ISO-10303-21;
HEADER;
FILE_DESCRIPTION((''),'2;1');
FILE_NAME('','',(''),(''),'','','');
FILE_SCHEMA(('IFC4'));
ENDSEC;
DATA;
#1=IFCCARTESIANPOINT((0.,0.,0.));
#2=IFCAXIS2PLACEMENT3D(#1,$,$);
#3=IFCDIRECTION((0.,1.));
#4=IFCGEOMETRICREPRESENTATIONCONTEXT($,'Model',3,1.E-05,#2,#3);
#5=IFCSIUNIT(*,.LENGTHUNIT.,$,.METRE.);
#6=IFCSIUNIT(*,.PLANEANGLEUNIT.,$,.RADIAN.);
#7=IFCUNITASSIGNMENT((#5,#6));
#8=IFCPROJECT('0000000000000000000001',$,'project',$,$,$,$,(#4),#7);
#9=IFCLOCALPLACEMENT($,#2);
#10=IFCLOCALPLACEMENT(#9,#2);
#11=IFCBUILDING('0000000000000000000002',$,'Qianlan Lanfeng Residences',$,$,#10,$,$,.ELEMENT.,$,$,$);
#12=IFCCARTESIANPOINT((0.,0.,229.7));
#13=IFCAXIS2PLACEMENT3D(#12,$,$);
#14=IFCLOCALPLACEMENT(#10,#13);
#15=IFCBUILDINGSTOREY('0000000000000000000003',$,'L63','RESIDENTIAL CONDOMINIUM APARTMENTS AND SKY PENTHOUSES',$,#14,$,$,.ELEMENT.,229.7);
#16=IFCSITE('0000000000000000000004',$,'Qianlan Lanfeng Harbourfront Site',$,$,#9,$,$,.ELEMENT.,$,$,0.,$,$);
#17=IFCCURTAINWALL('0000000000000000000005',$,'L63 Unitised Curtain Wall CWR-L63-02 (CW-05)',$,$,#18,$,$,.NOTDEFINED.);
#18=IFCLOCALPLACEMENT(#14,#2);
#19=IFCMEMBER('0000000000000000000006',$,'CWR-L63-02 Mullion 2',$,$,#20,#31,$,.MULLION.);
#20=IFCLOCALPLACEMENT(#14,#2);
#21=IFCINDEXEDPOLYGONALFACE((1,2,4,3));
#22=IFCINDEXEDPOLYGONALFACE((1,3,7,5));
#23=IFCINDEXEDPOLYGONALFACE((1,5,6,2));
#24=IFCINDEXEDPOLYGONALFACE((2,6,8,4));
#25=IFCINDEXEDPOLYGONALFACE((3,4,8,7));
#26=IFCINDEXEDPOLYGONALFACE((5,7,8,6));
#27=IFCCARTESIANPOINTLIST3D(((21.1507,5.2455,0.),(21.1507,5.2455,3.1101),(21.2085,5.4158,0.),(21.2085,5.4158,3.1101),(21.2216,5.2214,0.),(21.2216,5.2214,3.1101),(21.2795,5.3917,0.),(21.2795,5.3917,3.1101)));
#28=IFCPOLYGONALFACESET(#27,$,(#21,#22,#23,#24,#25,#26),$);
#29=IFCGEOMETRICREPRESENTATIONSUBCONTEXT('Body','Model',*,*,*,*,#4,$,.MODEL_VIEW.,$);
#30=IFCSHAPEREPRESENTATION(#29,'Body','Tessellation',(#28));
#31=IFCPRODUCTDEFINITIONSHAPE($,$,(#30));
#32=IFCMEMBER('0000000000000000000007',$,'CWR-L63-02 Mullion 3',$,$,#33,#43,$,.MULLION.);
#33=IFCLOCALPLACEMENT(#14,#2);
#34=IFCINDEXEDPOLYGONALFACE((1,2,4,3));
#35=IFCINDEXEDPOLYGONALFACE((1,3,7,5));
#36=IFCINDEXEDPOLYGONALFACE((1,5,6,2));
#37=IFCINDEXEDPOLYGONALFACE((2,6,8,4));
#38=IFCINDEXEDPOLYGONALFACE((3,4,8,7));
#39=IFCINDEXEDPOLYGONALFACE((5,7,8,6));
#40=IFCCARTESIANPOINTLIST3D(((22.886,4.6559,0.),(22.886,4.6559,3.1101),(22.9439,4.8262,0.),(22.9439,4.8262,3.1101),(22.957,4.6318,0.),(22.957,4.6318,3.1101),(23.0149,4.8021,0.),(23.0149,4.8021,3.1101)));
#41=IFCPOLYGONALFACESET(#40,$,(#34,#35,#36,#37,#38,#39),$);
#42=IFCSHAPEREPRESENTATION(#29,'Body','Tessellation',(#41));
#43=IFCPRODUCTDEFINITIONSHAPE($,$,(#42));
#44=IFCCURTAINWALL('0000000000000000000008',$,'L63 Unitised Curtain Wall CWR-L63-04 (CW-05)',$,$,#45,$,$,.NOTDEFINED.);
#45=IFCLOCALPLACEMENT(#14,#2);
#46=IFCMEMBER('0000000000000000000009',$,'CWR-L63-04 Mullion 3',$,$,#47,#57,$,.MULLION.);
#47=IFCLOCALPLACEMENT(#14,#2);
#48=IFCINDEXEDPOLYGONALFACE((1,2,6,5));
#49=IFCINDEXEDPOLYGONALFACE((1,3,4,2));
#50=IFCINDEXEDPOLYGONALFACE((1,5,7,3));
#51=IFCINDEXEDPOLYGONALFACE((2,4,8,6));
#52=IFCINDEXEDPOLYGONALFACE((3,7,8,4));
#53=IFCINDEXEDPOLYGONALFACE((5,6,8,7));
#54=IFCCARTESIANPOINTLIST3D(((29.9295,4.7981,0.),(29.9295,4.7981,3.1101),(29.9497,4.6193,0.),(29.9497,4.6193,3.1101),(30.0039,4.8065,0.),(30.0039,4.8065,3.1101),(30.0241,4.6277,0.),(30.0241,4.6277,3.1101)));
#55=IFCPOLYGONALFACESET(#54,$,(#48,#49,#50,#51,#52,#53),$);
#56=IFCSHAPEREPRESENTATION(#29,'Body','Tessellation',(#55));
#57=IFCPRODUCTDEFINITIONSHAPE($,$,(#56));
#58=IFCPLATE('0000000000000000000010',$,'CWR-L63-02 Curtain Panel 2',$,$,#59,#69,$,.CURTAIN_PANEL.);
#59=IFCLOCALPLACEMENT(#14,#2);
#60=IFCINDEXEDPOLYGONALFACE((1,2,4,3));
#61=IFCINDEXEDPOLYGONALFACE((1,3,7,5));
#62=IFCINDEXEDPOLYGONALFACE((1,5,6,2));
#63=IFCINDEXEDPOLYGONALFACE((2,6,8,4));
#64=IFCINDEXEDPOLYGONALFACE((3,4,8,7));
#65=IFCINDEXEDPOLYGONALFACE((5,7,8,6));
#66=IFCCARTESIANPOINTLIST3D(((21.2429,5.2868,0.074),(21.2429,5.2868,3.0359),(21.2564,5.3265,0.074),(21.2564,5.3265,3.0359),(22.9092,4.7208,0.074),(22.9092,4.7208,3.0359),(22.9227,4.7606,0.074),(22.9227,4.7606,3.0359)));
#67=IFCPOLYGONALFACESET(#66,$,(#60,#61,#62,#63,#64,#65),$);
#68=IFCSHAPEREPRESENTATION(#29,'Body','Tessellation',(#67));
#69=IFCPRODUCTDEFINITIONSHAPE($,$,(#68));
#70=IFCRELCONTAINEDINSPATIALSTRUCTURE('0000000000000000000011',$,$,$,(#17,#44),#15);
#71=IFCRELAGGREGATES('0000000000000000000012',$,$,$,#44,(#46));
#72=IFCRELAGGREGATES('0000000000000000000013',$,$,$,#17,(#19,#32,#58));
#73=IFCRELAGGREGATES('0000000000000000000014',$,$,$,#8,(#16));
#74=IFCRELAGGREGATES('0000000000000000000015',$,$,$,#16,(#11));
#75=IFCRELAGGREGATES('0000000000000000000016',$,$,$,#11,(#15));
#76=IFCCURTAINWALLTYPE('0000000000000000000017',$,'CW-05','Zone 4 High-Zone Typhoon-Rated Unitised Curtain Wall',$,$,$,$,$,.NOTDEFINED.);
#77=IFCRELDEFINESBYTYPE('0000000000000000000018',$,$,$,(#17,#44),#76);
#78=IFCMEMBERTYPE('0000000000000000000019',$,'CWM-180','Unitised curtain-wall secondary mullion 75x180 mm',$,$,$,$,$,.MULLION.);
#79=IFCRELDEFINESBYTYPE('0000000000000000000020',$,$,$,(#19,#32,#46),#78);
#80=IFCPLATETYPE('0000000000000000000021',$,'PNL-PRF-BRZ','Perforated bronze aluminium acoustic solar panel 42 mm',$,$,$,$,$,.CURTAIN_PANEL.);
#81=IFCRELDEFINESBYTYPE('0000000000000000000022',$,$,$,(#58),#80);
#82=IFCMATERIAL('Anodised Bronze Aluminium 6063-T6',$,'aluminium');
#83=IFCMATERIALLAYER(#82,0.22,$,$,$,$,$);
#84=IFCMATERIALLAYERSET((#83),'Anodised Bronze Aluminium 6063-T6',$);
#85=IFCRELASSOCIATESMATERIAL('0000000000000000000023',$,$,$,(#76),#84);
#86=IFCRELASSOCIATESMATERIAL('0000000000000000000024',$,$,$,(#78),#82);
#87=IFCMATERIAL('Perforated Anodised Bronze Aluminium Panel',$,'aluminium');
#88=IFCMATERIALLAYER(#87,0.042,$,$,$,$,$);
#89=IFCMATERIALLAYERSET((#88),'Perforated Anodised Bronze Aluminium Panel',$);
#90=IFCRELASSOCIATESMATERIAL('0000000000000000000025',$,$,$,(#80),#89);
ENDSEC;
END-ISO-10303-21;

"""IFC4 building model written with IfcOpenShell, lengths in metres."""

from ifc_helpers import new_model, si_unit, direction, frame, origin, origin_2d, place, context, subcontext, project, spatial, rectangle, extrude, source, transform, mapped, material, layer, layer_set, material_profile, profile_set, type_object, element, aggregate, save


model = new_model("IFC4")

# Units and contexts
model_context = context("Model", 3, precision=1e-05, world=origin(), true_north=direction((0.0, 1.0)))
body_context = subcontext(model_context, "Body", "Model", "MODEL_VIEW")
ifc_project = project(units=[si_unit("LENGTHUNIT", "METRE"), si_unit("PLANEANGLEUNIT", "RADIAN")], contexts=[model_context])

# Site, building, storey
site_placement = place(None, origin())
site = spatial("IfcSite", under=ifc_project, at=site_placement, Name="Qianlan Lanfeng Harbourfront Site", CompositionType="ELEMENT", RefElevation=0.0)
building_placement = place(site_placement, origin())
building = spatial("IfcBuilding", under=site, at=building_placement, Name="Qianlan Lanfeng Residences", CompositionType="ELEMENT")
storey_placement = place(building_placement, frame((0.0, 0.0, 229.7)))
storey = spatial("IfcBuildingStorey", under=building, at=storey_placement, Name="L63", Description="RESIDENTIAL CONDOMINIUM APARTMENTS AND SKY PENTHOUSES", CompositionType="ELEMENT", Elevation=229.7)

# Curtain wall, members
ifc_material_1 = material(Name="Anodised Bronze Aluminium 6063-T6", Category="aluminium")
ifc_layer_1 = layer(ifc_material_1, 0.22)
ifc_layer_set_1 = layer_set([ifc_layer_1], Name="Anodised Bronze Aluminium 6063-T6")
curtain_wall_type = type_object("IfcCurtainWallType", Name="CW-05", Description="Zone 4 High-Zone Typhoon-Rated Unitised Curtain Wall", PredefinedType="NOTDEFINED", material=ifc_layer_set_1)
curtain_wall_1_placement = place(storey_placement, origin())
curtain_wall_1 = element("IfcCurtainWall", 1, at=curtain_wall_1_placement, inside=storey, type_object=curtain_wall_type, Name="L63 Unitised Curtain Wall CWR-L63-02 (CW-05)", PredefinedType="NOTDEFINED")
ifc_material_profile_1 = material_profile(ifc_material_1, rectangle(XDim=0.075, YDim=0.1799, at=origin_2d()), Name="ALU MULLION 75x180")
ifc_profile_set_1 = profile_set([ifc_material_profile_1], Name="Anodised Bronze Aluminium 6063-T6")
member_type_1 = type_object("IfcMemberType", Name="CWM-180", Description="Unitised curtain-wall secondary mullion 75x180 mm", PredefinedType="MULLION", material=ifc_profile_set_1)
shared_shape_1 = source(origin(), body_context, "Body", "SweptSolid", [
    extrude(rectangle(XDim=0.075, YDim=0.1799, at=origin_2d()), origin(), (0.0, 0.0, 1.0), 3.1101),
])
member_1_placement = place(storey_placement, frame((21.2151, 5.3186, 0.0), z_axis=(0.0, 0.0, 1.0), x_axis=(0.946877, -0.321596, 0.0)))
member_1 = element("IfcMember", 2, at=member_1_placement, type_object=member_type_1, Name="CWR-L63-02 Mullion 2", PredefinedType="MULLION", context=body_context, shape_type="MappedRepresentation", body=[
    mapped(shared_shape_1, transform((0.0, 0.0, 0.0), scale=1.0)),
])
member_2_placement = place(storey_placement, frame((22.9504, 4.729, 0.0), z_axis=(0.0, 0.0, 1.0), x_axis=(0.946877, -0.321596, 0.0)))
member_2 = element("IfcMember", 3, at=member_2_placement, type_object=member_type_1, Name="CWR-L63-02 Mullion 3", PredefinedType="MULLION", context=body_context, shape_type="MappedRepresentation", body=[
    mapped(shared_shape_1, transform((0.0, 0.0, 0.0), scale=1.0)),
])

# Curtain wall, member
curtain_wall_2_placement = place(storey_placement, origin())
curtain_wall_2 = element("IfcCurtainWall", 4, at=curtain_wall_2_placement, inside=storey, type_object=curtain_wall_type, Name="L63 Unitised Curtain Wall CWR-L63-04 (CW-05)", PredefinedType="NOTDEFINED")
member_3_placement = place(storey_placement, frame((29.9768, 4.7129, 0.0), z_axis=(0.0, 0.0, 1.0), x_axis=(0.993678, 0.112263, 0.0)))
member_3 = element("IfcMember", 5, at=member_3_placement, type_object=member_type_1, Name="CWR-L63-04 Mullion 3", PredefinedType="MULLION", context=body_context, shape_type="MappedRepresentation", body=[
    mapped(shared_shape_1, transform((0.0, 0.0, 0.0), scale=1.0)),
])
aggregate(curtain_wall_2, [member_3])

# Plate
ifc_material_2 = material(Name="Perforated Anodised Bronze Aluminium Panel", Category="aluminium")
ifc_layer_2 = layer(ifc_material_2, 0.042)
ifc_layer_set_2 = layer_set([ifc_layer_2], Name="Perforated Anodised Bronze Aluminium Panel")
plate_type = type_object("IfcPlateType", Name="PNL-PRF-BRZ", Description="Perforated bronze aluminium acoustic solar panel 42 mm", PredefinedType="CURTAIN_PANEL", material=ifc_layer_set_2)
shared_shape_2 = source(origin(), body_context, "Body", "SweptSolid", [
    extrude(rectangle(XDim=1.7598, YDim=0.042, at=origin_2d()), origin(), (0.0, 0.0, 1.0), 2.9619),
])
plate_placement = place(storey_placement, frame((22.0828, 5.0237, 0.074), z_axis=(0.0, 0.0, 1.0), x_axis=(0.946877, -0.321596, 0.0)))
plate = element("IfcPlate", 6, at=plate_placement, type_object=plate_type, Name="CWR-L63-02 Curtain Panel 2", PredefinedType="CURTAIN_PANEL", context=body_context, shape_type="MappedRepresentation", body=[
    mapped(shared_shape_2, transform((0.0, 0.0, 0.0), scale=1.0)),
])
aggregate(curtain_wall_1, [member_1, member_2, plate])

save(model, "model.ifc")
